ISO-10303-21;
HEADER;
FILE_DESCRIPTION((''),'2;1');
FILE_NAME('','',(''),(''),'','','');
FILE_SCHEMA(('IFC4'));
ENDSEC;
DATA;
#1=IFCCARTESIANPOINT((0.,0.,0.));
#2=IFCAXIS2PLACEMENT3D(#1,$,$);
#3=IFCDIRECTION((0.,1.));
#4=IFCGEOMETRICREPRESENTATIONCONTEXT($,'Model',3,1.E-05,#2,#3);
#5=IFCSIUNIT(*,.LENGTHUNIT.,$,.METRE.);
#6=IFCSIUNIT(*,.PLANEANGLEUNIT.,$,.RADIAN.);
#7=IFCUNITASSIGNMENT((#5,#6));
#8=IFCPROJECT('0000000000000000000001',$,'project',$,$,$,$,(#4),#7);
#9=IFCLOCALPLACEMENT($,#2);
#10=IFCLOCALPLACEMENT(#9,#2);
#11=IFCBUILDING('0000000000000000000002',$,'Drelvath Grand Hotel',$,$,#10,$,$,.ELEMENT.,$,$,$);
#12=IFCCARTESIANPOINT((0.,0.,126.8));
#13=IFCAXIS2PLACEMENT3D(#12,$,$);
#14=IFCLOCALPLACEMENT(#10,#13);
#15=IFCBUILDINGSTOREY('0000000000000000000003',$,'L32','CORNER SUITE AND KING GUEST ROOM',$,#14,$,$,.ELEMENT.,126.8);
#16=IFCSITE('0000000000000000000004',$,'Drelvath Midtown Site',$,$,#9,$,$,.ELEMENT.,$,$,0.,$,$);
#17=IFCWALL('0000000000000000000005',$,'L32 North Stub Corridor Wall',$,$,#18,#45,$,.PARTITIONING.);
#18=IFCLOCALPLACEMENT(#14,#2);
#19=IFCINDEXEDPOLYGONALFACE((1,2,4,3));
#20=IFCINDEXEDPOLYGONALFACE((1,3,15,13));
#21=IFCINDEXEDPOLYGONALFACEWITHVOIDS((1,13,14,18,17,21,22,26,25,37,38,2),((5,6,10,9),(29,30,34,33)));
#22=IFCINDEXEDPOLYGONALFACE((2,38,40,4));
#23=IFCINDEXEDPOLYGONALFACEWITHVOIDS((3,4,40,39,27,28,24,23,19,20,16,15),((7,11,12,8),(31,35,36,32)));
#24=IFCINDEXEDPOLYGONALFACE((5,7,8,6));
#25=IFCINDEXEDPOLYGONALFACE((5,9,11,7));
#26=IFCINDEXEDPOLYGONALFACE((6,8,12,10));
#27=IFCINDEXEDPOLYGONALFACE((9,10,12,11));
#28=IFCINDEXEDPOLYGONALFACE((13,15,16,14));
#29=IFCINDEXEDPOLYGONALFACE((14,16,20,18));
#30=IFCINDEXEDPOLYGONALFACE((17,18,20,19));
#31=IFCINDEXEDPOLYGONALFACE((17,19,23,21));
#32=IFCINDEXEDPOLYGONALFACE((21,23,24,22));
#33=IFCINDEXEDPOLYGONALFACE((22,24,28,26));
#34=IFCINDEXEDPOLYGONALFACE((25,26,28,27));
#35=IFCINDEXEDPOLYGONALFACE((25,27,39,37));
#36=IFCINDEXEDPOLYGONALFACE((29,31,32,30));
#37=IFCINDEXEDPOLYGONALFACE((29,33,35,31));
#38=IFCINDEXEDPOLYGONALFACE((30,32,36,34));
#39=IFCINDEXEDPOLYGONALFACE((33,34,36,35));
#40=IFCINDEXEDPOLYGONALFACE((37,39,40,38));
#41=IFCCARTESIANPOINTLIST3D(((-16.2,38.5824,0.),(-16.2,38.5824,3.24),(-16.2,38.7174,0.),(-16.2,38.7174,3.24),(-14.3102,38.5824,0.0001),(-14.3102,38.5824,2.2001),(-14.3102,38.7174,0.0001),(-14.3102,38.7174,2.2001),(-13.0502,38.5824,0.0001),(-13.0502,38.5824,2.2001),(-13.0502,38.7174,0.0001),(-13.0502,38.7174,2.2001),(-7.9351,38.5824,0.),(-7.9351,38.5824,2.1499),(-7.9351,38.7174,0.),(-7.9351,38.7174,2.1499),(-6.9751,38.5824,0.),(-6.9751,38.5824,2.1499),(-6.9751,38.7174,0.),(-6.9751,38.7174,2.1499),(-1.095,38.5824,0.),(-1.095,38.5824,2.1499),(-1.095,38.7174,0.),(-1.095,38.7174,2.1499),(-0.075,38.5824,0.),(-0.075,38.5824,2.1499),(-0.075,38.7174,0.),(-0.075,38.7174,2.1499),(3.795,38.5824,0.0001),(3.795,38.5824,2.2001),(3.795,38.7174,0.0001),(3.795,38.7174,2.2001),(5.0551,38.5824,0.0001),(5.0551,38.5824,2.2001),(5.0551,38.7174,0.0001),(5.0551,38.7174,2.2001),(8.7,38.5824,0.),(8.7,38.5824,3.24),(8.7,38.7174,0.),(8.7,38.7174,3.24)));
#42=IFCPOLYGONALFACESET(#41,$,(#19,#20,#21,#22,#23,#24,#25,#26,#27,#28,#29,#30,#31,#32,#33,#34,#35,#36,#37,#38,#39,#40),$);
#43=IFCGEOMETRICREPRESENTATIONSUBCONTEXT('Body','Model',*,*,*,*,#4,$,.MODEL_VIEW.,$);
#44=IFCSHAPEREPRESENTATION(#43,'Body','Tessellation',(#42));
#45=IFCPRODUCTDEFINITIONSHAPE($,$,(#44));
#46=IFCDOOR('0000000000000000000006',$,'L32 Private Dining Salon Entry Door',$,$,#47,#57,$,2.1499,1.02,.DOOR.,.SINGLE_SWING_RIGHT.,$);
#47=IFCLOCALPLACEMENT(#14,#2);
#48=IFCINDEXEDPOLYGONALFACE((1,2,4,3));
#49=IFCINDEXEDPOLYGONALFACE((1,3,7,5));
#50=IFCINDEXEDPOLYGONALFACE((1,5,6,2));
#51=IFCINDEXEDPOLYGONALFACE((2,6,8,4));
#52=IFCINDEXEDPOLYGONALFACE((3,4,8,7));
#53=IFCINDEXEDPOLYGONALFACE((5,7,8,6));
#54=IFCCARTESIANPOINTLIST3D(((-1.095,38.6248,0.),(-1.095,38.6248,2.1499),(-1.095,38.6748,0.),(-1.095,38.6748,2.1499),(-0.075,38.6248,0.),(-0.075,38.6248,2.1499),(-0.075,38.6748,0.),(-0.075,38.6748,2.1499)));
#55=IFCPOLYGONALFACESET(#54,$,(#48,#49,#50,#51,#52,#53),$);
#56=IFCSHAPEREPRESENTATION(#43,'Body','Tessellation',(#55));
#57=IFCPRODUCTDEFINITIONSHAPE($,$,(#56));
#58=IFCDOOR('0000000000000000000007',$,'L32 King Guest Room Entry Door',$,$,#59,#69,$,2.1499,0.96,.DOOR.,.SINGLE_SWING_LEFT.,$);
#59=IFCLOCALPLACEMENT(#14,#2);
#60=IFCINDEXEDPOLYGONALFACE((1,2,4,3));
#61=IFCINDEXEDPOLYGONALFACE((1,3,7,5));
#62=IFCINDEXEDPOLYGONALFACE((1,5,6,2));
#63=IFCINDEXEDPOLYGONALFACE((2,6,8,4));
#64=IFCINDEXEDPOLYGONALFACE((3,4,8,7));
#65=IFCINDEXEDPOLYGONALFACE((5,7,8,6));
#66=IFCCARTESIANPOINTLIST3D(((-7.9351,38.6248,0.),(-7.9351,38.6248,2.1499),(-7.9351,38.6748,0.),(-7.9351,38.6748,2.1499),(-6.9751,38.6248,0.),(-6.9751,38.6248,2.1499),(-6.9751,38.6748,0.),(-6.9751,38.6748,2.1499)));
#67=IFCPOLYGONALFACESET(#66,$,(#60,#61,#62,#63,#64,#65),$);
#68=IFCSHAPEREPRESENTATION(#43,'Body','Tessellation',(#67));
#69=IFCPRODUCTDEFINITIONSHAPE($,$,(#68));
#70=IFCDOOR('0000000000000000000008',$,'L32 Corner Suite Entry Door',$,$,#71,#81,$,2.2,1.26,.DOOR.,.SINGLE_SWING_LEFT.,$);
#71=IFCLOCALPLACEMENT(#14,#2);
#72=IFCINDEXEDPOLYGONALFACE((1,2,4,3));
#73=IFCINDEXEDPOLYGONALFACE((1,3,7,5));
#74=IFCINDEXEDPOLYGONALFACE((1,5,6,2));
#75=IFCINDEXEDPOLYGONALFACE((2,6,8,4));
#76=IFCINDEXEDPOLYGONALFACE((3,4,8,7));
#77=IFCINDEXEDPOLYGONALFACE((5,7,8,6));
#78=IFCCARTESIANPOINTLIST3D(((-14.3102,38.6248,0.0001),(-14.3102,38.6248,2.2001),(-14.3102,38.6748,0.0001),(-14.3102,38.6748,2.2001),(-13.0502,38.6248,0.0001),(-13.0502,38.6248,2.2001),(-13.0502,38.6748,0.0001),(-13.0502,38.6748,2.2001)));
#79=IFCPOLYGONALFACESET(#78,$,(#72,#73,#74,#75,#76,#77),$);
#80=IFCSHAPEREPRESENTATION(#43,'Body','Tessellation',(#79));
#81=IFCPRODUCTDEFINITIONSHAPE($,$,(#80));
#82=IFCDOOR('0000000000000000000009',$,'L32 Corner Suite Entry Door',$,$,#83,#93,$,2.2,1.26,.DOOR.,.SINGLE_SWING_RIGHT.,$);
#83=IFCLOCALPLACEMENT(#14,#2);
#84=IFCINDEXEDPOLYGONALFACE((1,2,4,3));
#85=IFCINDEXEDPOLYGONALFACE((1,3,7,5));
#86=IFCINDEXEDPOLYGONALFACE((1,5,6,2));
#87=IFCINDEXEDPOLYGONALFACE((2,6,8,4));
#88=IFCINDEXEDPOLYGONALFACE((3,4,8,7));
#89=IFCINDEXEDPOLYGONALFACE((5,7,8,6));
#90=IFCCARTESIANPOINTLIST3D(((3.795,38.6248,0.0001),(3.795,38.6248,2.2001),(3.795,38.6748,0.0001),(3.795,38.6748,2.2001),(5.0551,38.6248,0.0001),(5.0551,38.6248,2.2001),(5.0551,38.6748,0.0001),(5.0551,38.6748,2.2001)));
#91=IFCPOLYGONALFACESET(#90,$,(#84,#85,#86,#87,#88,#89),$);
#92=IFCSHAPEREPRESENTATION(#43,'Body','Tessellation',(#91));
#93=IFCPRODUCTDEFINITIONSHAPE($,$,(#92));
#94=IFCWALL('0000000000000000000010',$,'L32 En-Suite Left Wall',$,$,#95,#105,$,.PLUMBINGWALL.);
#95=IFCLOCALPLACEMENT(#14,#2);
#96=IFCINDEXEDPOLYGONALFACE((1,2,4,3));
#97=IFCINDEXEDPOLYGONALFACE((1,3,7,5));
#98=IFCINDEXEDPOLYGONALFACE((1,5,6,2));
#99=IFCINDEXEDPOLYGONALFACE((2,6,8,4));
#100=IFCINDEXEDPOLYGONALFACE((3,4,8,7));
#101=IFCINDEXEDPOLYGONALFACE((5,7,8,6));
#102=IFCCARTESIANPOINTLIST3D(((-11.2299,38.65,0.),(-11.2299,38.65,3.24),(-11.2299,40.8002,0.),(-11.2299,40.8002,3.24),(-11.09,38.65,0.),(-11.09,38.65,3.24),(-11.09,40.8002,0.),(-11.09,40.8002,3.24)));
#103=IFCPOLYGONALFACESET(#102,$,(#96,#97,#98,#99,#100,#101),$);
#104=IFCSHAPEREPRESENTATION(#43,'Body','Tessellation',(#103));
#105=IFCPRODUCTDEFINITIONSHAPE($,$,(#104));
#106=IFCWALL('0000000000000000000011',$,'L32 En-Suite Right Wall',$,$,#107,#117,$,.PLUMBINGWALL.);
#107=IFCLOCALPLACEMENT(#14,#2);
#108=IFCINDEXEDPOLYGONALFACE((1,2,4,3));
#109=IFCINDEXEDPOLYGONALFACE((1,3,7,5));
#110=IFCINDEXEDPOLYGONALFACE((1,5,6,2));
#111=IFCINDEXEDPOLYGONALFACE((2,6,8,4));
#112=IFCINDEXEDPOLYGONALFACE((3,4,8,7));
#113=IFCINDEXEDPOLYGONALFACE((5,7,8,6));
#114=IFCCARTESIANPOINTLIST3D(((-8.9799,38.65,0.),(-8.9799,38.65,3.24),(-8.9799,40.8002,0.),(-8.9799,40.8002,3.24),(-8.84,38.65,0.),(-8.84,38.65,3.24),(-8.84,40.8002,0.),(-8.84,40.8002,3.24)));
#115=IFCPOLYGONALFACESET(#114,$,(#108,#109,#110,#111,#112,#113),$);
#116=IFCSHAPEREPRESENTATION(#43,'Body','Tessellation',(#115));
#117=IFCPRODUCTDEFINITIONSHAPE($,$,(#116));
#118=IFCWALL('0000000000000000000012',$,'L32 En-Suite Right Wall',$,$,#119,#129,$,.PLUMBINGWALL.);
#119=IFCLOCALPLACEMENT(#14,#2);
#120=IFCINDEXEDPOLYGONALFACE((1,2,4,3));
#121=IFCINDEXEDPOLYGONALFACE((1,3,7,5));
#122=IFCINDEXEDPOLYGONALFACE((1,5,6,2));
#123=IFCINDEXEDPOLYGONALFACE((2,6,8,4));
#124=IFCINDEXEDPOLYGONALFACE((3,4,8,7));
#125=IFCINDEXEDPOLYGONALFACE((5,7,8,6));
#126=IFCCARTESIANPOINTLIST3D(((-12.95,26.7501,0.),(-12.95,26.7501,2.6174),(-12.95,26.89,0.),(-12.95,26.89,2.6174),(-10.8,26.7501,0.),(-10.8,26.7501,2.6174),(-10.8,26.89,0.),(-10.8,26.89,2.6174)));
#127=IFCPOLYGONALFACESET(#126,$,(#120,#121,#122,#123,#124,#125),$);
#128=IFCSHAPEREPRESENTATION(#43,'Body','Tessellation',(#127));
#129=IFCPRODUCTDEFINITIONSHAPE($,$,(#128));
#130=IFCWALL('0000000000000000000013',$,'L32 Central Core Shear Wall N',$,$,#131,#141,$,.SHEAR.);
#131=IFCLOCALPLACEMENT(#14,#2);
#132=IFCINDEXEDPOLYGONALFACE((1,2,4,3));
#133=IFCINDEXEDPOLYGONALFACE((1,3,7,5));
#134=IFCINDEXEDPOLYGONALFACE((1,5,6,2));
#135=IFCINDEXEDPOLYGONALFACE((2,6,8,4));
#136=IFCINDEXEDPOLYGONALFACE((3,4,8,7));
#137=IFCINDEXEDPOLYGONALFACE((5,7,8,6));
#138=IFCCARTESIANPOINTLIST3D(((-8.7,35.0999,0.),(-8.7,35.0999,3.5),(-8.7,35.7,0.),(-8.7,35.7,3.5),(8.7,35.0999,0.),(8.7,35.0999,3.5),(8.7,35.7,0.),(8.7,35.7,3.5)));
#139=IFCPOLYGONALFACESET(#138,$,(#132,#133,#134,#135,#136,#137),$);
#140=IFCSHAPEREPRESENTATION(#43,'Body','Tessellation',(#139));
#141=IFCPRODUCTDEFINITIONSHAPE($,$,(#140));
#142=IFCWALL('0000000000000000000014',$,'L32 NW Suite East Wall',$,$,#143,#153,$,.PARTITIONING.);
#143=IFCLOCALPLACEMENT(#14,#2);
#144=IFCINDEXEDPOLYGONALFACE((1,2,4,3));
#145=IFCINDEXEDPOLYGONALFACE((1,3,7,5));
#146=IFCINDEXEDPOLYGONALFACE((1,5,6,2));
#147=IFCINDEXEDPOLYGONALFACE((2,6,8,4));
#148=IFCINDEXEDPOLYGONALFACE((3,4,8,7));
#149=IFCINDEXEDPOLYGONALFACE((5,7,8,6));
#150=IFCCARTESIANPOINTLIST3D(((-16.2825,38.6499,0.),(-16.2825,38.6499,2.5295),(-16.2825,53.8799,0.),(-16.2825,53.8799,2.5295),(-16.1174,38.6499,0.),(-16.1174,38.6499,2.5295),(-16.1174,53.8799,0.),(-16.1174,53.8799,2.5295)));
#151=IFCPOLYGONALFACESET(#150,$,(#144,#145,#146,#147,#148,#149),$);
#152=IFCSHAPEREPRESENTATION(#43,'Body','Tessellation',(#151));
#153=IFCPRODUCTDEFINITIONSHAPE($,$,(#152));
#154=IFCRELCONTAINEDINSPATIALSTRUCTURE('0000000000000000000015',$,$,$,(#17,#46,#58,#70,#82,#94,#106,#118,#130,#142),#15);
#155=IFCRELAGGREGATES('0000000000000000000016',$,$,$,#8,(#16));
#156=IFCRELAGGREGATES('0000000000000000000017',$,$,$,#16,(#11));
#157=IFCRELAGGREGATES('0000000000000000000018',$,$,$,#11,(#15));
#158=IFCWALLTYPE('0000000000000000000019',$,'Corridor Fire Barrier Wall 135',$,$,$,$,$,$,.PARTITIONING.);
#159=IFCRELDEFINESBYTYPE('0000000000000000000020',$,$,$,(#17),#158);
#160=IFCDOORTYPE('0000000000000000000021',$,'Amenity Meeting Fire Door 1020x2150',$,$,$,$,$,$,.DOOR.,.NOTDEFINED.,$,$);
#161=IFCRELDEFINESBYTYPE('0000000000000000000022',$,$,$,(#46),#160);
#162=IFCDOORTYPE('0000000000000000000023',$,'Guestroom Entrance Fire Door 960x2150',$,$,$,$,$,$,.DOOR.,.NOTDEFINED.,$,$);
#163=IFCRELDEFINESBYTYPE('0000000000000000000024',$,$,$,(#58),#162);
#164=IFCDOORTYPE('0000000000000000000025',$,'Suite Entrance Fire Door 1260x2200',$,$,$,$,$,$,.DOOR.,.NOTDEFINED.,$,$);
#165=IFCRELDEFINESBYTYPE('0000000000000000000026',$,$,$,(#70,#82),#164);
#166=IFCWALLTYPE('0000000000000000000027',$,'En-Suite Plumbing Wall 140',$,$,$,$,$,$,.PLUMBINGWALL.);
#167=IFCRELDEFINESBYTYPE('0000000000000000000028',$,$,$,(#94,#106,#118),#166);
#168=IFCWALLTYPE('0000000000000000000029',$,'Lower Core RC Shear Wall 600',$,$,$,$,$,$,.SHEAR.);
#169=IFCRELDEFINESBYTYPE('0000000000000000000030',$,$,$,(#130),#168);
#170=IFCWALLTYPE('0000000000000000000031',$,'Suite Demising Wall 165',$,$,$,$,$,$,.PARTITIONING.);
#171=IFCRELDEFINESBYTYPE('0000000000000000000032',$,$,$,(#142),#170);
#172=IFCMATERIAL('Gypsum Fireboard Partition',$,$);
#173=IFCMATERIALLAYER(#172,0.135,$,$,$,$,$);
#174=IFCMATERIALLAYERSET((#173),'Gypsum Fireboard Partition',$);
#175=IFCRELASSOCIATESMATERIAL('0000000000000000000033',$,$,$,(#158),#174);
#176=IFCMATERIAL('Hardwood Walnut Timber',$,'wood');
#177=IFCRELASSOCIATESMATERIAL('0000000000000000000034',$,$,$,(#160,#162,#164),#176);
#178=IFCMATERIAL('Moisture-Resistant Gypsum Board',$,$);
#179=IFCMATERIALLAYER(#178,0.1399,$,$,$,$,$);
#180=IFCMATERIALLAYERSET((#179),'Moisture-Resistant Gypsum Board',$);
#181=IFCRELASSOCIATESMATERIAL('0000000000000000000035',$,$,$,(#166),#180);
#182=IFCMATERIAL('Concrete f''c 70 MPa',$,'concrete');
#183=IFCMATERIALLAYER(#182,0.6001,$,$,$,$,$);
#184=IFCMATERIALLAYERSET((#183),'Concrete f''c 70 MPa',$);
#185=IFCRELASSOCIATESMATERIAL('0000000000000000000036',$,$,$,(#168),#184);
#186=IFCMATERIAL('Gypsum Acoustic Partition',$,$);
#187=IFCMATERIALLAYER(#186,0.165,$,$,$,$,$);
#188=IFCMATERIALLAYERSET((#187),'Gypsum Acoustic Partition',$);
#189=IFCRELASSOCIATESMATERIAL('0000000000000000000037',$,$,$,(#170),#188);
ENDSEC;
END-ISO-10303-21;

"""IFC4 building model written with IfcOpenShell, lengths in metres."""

from ifc_helpers import new_model, si_unit, direction, frame, frame_2d, origin, place, context, subcontext, project, spatial, rectangle, extrude, material, layer, layer_set, type_object, element, fill, save


model = new_model("IFC4")

# Units and contexts
model_context = context("Model", 3, precision=1e-05, world=origin(), true_north=direction((0.0, 1.0)))
body_context = subcontext(model_context, "Body", "Model", "MODEL_VIEW")
ifc_project = project(units=[si_unit("LENGTHUNIT", "METRE"), si_unit("PLANEANGLEUNIT", "RADIAN")], contexts=[model_context])

# Site, building, storey
site_placement = place(None, origin())
site = spatial("IfcSite", under=ifc_project, at=site_placement, Name="Drelvath Midtown Site", CompositionType="ELEMENT", RefElevation=0.0)
building_placement = place(site_placement, origin())
building = spatial("IfcBuilding", under=site, at=building_placement, Name="Drelvath Grand Hotel", CompositionType="ELEMENT")
storey_placement = place(building_placement, frame((0.0, 0.0, 126.8)))
storey = spatial("IfcBuildingStorey", under=building, at=storey_placement, Name="L32", Description="CORNER SUITE AND KING GUEST ROOM", CompositionType="ELEMENT", Elevation=126.8)

# Shared definitions
ifc_material_1 = material(Name="Concrete f'c 70 MPa", Category="concrete")

# Shared definitions
ifc_material_2 = material(Name="Gypsum Fireboard Partition")
ifc_layer_1 = layer(ifc_material_2, 0.135)
ifc_layer_set_1 = layer_set([ifc_layer_1], Name="Gypsum Fireboard Partition")
wall_type_1 = type_object("IfcWallType", Name="Corridor Fire Barrier Wall 135", PredefinedType="PARTITIONING", material=ifc_layer_set_1)

# Wall, openings, doors
wall_1_placement = place(storey_placement, frame((-16.2, 38.6499, 0.0), z_axis=(0.0, 0.0, 1.0), x_axis=(1.0, 0.0, 0.0)))
wall_1 = element("IfcWall", 1, at=wall_1_placement, inside=storey, type_object=wall_type_1, Name="L32 North Stub Corridor Wall", PredefinedType="PARTITIONING", context=body_context, shape_type="SweptSolid", body=[
    extrude(rectangle(XDim=24.8999, YDim=0.135, at=frame_2d((12.45, 0.0))), origin(), (0.0, 0.0, 1.0), 3.24),
])
opening_1_placement = place(wall_1_placement, frame((1.8899, 0.0, 0.0)))
opening_1 = element("IfcOpeningElement", 2, at=opening_1_placement, cuts=wall_1, PredefinedType="OPENING", context=body_context, shape_type="SweptSolid", body=[
    extrude(rectangle(XDim=1.26, YDim=2.2, at=frame_2d((0.6299, 1.1001))), frame((0.0, 0.0774, 0.0), z_axis=(0.0, -1.0, 0.0), x_axis=(1.0, 0.0, 0.0)), (0.0, 0.0, 1.0), 0.155),
])
opening_2_placement = place(wall_1_placement, frame((8.2649, 0.0, 0.0)))
opening_2 = element("IfcOpeningElement", 3, at=opening_2_placement, cuts=wall_1, PredefinedType="OPENING", context=body_context, shape_type="SweptSolid", body=[
    extrude(rectangle(XDim=0.96, YDim=2.1499, at=frame_2d((0.48, 1.075))), frame((0.0, 0.0774, 0.0), z_axis=(0.0, -1.0, 0.0), x_axis=(1.0, 0.0, 0.0)), (0.0, 0.0, 1.0), 0.155),
])
opening_3_placement = place(wall_1_placement, frame((15.105, 0.0, 0.0)))
opening_3 = element("IfcOpeningElement", 4, at=opening_3_placement, cuts=wall_1, PredefinedType="OPENING", context=body_context, shape_type="SweptSolid", body=[
    extrude(rectangle(XDim=1.02, YDim=2.1499, at=frame_2d((0.51, 1.075))), frame((0.0, 0.0774, 0.0), z_axis=(0.0, -1.0, 0.0), x_axis=(1.0, 0.0, 0.0)), (0.0, 0.0, 1.0), 0.155),
])
opening_4_placement = place(wall_1_placement, frame((19.9951, 0.0, 0.0)))
opening_4 = element("IfcOpeningElement", 5, at=opening_4_placement, cuts=wall_1, PredefinedType="OPENING", context=body_context, shape_type="SweptSolid", body=[
    extrude(rectangle(XDim=1.26, YDim=2.2, at=frame_2d((0.6299, 1.1001))), frame((0.0, 0.0774, 0.0), z_axis=(0.0, -1.0, 0.0), x_axis=(1.0, 0.0, 0.0)), (0.0, 0.0, 1.0), 0.155),
])
ifc_material_3 = material(Name="Hardwood Walnut Timber", Category="wood")
door_type_1 = type_object("IfcDoorType", Name="Amenity Meeting Fire Door 1020x2150", OperationType="NOTDEFINED", PredefinedType="DOOR", material=ifc_material_3)
door_1_placement = place(opening_3_placement, origin())
door_1 = element("IfcDoor", 6, at=door_1_placement, inside=storey, type_object=door_type_1, Name="L32 Private Dining Salon Entry Door", OperationType="SINGLE_SWING_RIGHT", OverallHeight=2.1499, OverallWidth=1.02, PredefinedType="DOOR", context=body_context, shape_type="SweptSolid", body=[
    extrude(rectangle(XDim=1.02, YDim=2.1499, at=frame_2d((0.51, 1.075))), frame((0.0, 0.0249, 0.0), z_axis=(0.0, -1.0, 0.0), x_axis=(1.0, 0.0, 0.0)), (0.0, 0.0, 1.0), 0.05),
])
fill(opening_3, door_1)
door_type_2 = type_object("IfcDoorType", Name="Guestroom Entrance Fire Door 960x2150", OperationType="NOTDEFINED", PredefinedType="DOOR", material=ifc_material_3)
door_2_placement = place(opening_2_placement, origin())
door_2 = element("IfcDoor", 7, at=door_2_placement, inside=storey, type_object=door_type_2, Name="L32 King Guest Room Entry Door", OperationType="SINGLE_SWING_LEFT", OverallHeight=2.1499, OverallWidth=0.96, PredefinedType="DOOR", context=body_context, shape_type="SweptSolid", body=[
    extrude(rectangle(XDim=0.96, YDim=2.1499, at=frame_2d((0.48, 1.075))), frame((0.0, 0.0249, 0.0), z_axis=(0.0, -1.0, 0.0), x_axis=(1.0, 0.0, 0.0)), (0.0, 0.0, 1.0), 0.05),
])
fill(opening_2, door_2)
door_type_3 = type_object("IfcDoorType", Name="Suite Entrance Fire Door 1260x2200", OperationType="NOTDEFINED", PredefinedType="DOOR", material=ifc_material_3)
door_3_placement = place(opening_1_placement, origin())
door_3 = element("IfcDoor", 8, at=door_3_placement, inside=storey, type_object=door_type_3, Name="L32 Corner Suite Entry Door", OperationType="SINGLE_SWING_LEFT", OverallHeight=2.2, OverallWidth=1.26, PredefinedType="DOOR", context=body_context, shape_type="SweptSolid", body=[
    extrude(rectangle(XDim=1.26, YDim=2.2, at=frame_2d((0.6299, 1.1001))), frame((0.0, 0.0249, 0.0), z_axis=(0.0, -1.0, 0.0), x_axis=(1.0, 0.0, 0.0)), (0.0, 0.0, 1.0), 0.05),
])
fill(opening_1, door_3)
door_4_placement = place(opening_4_placement, origin())
door_4 = element("IfcDoor", 9, at=door_4_placement, inside=storey, type_object=door_type_3, Name="L32 Corner Suite Entry Door", OperationType="SINGLE_SWING_RIGHT", OverallHeight=2.2, OverallWidth=1.26, PredefinedType="DOOR", context=body_context, shape_type="SweptSolid", body=[
    extrude(rectangle(XDim=1.26, YDim=2.2, at=frame_2d((0.6299, 1.1001))), frame((0.0, 0.0249, 0.0), z_axis=(0.0, -1.0, 0.0), x_axis=(1.0, 0.0, 0.0)), (0.0, 0.0, 1.0), 0.05),
])
fill(opening_4, door_4)

# Walls
ifc_material_4 = material(Name="Moisture-Resistant Gypsum Board")
ifc_layer_2 = layer(ifc_material_4, 0.1399)
ifc_layer_set_2 = layer_set([ifc_layer_2], Name="Moisture-Resistant Gypsum Board")
wall_type_2 = type_object("IfcWallType", Name="En-Suite Plumbing Wall 140", PredefinedType="PLUMBINGWALL", material=ifc_layer_set_2)
for number, where, z_axis, x_axis, name in (
    (10, (-11.1599, 38.6499, 0.0), (0.0, 0.0, 1.0), (0.0, 1.0, 0.0), "L32 En-Suite Left Wall"),
    (11, (-8.9099, 38.6499, 0.0), (0.0, 0.0, 1.0), (0.0, 1.0, 0.0), "L32 En-Suite Right Wall"),
):
    element("IfcWall", number, at=place(storey_placement, frame(where, z_axis=z_axis, x_axis=x_axis)), inside=storey, type_object=wall_type_2, Name=name, PredefinedType="PLUMBINGWALL", context=body_context, shape_type="SweptSolid", body=[
        extrude(rectangle(XDim=2.1501, YDim=0.1399, at=frame_2d((1.0752, 0.0))), origin(), (0.0, 0.0, 1.0), 3.24),
    ])
wall_2_placement = place(storey_placement, frame((-10.8, 26.8201, 0.0), z_axis=(0.0, 0.0, 1.0), x_axis=(-1.0, 0.0, 0.0)))
element("IfcWall", 12, at=wall_2_placement, inside=storey, type_object=wall_type_2, Name="L32 En-Suite Right Wall", PredefinedType="PLUMBINGWALL", context=body_context, shape_type="SweptSolid", body=[
    extrude(rectangle(XDim=2.1499, YDim=0.1399, at=frame_2d((1.075, 0.0))), origin(), (0.0, 0.0, 1.0), 2.6174),
])
ifc_layer_3 = layer(ifc_material_1, 0.6001)
ifc_layer_set_3 = layer_set([ifc_layer_3], Name="Concrete f'c 70 MPa")
wall_type_3 = type_object("IfcWallType", Name="Lower Core RC Shear Wall 600", PredefinedType="SHEAR", material=ifc_layer_set_3)
wall_3_placement = place(storey_placement, frame((-8.7, 35.3999, 0.0), z_axis=(0.0, 0.0, 1.0), x_axis=(1.0, 0.0, 0.0)))
element("IfcWall", 13, at=wall_3_placement, inside=storey, type_object=wall_type_3, Name="L32 Central Core Shear Wall N", PredefinedType="SHEAR", context=body_context, shape_type="SweptSolid", body=[
    extrude(rectangle(XDim=17.3999, YDim=0.6001, at=frame_2d((8.7, 0.0))), origin(), (0.0, 0.0, 1.0), 3.5),
])
ifc_material_5 = material(Name="Gypsum Acoustic Partition")
ifc_layer_4 = layer(ifc_material_5, 0.165)
ifc_layer_set_4 = layer_set([ifc_layer_4], Name="Gypsum Acoustic Partition")
wall_type_4 = type_object("IfcWallType", Name="Suite Demising Wall 165", PredefinedType="PARTITIONING", material=ifc_layer_set_4)
wall_4_placement = place(storey_placement, frame((-16.2, 38.6499, 0.0), z_axis=(0.0, 0.0, 1.0), x_axis=(0.0, 1.0, 0.0)))
element("IfcWall", 14, at=wall_4_placement, inside=storey, type_object=wall_type_4, Name="L32 NW Suite East Wall", PredefinedType="PARTITIONING", context=body_context, shape_type="SweptSolid", body=[
    extrude(rectangle(XDim=15.23, YDim=0.165, at=frame_2d((7.615, 0.0))), origin(), (0.0, 0.0, 1.0), 2.5295),
])

save(model, "model.ifc")
